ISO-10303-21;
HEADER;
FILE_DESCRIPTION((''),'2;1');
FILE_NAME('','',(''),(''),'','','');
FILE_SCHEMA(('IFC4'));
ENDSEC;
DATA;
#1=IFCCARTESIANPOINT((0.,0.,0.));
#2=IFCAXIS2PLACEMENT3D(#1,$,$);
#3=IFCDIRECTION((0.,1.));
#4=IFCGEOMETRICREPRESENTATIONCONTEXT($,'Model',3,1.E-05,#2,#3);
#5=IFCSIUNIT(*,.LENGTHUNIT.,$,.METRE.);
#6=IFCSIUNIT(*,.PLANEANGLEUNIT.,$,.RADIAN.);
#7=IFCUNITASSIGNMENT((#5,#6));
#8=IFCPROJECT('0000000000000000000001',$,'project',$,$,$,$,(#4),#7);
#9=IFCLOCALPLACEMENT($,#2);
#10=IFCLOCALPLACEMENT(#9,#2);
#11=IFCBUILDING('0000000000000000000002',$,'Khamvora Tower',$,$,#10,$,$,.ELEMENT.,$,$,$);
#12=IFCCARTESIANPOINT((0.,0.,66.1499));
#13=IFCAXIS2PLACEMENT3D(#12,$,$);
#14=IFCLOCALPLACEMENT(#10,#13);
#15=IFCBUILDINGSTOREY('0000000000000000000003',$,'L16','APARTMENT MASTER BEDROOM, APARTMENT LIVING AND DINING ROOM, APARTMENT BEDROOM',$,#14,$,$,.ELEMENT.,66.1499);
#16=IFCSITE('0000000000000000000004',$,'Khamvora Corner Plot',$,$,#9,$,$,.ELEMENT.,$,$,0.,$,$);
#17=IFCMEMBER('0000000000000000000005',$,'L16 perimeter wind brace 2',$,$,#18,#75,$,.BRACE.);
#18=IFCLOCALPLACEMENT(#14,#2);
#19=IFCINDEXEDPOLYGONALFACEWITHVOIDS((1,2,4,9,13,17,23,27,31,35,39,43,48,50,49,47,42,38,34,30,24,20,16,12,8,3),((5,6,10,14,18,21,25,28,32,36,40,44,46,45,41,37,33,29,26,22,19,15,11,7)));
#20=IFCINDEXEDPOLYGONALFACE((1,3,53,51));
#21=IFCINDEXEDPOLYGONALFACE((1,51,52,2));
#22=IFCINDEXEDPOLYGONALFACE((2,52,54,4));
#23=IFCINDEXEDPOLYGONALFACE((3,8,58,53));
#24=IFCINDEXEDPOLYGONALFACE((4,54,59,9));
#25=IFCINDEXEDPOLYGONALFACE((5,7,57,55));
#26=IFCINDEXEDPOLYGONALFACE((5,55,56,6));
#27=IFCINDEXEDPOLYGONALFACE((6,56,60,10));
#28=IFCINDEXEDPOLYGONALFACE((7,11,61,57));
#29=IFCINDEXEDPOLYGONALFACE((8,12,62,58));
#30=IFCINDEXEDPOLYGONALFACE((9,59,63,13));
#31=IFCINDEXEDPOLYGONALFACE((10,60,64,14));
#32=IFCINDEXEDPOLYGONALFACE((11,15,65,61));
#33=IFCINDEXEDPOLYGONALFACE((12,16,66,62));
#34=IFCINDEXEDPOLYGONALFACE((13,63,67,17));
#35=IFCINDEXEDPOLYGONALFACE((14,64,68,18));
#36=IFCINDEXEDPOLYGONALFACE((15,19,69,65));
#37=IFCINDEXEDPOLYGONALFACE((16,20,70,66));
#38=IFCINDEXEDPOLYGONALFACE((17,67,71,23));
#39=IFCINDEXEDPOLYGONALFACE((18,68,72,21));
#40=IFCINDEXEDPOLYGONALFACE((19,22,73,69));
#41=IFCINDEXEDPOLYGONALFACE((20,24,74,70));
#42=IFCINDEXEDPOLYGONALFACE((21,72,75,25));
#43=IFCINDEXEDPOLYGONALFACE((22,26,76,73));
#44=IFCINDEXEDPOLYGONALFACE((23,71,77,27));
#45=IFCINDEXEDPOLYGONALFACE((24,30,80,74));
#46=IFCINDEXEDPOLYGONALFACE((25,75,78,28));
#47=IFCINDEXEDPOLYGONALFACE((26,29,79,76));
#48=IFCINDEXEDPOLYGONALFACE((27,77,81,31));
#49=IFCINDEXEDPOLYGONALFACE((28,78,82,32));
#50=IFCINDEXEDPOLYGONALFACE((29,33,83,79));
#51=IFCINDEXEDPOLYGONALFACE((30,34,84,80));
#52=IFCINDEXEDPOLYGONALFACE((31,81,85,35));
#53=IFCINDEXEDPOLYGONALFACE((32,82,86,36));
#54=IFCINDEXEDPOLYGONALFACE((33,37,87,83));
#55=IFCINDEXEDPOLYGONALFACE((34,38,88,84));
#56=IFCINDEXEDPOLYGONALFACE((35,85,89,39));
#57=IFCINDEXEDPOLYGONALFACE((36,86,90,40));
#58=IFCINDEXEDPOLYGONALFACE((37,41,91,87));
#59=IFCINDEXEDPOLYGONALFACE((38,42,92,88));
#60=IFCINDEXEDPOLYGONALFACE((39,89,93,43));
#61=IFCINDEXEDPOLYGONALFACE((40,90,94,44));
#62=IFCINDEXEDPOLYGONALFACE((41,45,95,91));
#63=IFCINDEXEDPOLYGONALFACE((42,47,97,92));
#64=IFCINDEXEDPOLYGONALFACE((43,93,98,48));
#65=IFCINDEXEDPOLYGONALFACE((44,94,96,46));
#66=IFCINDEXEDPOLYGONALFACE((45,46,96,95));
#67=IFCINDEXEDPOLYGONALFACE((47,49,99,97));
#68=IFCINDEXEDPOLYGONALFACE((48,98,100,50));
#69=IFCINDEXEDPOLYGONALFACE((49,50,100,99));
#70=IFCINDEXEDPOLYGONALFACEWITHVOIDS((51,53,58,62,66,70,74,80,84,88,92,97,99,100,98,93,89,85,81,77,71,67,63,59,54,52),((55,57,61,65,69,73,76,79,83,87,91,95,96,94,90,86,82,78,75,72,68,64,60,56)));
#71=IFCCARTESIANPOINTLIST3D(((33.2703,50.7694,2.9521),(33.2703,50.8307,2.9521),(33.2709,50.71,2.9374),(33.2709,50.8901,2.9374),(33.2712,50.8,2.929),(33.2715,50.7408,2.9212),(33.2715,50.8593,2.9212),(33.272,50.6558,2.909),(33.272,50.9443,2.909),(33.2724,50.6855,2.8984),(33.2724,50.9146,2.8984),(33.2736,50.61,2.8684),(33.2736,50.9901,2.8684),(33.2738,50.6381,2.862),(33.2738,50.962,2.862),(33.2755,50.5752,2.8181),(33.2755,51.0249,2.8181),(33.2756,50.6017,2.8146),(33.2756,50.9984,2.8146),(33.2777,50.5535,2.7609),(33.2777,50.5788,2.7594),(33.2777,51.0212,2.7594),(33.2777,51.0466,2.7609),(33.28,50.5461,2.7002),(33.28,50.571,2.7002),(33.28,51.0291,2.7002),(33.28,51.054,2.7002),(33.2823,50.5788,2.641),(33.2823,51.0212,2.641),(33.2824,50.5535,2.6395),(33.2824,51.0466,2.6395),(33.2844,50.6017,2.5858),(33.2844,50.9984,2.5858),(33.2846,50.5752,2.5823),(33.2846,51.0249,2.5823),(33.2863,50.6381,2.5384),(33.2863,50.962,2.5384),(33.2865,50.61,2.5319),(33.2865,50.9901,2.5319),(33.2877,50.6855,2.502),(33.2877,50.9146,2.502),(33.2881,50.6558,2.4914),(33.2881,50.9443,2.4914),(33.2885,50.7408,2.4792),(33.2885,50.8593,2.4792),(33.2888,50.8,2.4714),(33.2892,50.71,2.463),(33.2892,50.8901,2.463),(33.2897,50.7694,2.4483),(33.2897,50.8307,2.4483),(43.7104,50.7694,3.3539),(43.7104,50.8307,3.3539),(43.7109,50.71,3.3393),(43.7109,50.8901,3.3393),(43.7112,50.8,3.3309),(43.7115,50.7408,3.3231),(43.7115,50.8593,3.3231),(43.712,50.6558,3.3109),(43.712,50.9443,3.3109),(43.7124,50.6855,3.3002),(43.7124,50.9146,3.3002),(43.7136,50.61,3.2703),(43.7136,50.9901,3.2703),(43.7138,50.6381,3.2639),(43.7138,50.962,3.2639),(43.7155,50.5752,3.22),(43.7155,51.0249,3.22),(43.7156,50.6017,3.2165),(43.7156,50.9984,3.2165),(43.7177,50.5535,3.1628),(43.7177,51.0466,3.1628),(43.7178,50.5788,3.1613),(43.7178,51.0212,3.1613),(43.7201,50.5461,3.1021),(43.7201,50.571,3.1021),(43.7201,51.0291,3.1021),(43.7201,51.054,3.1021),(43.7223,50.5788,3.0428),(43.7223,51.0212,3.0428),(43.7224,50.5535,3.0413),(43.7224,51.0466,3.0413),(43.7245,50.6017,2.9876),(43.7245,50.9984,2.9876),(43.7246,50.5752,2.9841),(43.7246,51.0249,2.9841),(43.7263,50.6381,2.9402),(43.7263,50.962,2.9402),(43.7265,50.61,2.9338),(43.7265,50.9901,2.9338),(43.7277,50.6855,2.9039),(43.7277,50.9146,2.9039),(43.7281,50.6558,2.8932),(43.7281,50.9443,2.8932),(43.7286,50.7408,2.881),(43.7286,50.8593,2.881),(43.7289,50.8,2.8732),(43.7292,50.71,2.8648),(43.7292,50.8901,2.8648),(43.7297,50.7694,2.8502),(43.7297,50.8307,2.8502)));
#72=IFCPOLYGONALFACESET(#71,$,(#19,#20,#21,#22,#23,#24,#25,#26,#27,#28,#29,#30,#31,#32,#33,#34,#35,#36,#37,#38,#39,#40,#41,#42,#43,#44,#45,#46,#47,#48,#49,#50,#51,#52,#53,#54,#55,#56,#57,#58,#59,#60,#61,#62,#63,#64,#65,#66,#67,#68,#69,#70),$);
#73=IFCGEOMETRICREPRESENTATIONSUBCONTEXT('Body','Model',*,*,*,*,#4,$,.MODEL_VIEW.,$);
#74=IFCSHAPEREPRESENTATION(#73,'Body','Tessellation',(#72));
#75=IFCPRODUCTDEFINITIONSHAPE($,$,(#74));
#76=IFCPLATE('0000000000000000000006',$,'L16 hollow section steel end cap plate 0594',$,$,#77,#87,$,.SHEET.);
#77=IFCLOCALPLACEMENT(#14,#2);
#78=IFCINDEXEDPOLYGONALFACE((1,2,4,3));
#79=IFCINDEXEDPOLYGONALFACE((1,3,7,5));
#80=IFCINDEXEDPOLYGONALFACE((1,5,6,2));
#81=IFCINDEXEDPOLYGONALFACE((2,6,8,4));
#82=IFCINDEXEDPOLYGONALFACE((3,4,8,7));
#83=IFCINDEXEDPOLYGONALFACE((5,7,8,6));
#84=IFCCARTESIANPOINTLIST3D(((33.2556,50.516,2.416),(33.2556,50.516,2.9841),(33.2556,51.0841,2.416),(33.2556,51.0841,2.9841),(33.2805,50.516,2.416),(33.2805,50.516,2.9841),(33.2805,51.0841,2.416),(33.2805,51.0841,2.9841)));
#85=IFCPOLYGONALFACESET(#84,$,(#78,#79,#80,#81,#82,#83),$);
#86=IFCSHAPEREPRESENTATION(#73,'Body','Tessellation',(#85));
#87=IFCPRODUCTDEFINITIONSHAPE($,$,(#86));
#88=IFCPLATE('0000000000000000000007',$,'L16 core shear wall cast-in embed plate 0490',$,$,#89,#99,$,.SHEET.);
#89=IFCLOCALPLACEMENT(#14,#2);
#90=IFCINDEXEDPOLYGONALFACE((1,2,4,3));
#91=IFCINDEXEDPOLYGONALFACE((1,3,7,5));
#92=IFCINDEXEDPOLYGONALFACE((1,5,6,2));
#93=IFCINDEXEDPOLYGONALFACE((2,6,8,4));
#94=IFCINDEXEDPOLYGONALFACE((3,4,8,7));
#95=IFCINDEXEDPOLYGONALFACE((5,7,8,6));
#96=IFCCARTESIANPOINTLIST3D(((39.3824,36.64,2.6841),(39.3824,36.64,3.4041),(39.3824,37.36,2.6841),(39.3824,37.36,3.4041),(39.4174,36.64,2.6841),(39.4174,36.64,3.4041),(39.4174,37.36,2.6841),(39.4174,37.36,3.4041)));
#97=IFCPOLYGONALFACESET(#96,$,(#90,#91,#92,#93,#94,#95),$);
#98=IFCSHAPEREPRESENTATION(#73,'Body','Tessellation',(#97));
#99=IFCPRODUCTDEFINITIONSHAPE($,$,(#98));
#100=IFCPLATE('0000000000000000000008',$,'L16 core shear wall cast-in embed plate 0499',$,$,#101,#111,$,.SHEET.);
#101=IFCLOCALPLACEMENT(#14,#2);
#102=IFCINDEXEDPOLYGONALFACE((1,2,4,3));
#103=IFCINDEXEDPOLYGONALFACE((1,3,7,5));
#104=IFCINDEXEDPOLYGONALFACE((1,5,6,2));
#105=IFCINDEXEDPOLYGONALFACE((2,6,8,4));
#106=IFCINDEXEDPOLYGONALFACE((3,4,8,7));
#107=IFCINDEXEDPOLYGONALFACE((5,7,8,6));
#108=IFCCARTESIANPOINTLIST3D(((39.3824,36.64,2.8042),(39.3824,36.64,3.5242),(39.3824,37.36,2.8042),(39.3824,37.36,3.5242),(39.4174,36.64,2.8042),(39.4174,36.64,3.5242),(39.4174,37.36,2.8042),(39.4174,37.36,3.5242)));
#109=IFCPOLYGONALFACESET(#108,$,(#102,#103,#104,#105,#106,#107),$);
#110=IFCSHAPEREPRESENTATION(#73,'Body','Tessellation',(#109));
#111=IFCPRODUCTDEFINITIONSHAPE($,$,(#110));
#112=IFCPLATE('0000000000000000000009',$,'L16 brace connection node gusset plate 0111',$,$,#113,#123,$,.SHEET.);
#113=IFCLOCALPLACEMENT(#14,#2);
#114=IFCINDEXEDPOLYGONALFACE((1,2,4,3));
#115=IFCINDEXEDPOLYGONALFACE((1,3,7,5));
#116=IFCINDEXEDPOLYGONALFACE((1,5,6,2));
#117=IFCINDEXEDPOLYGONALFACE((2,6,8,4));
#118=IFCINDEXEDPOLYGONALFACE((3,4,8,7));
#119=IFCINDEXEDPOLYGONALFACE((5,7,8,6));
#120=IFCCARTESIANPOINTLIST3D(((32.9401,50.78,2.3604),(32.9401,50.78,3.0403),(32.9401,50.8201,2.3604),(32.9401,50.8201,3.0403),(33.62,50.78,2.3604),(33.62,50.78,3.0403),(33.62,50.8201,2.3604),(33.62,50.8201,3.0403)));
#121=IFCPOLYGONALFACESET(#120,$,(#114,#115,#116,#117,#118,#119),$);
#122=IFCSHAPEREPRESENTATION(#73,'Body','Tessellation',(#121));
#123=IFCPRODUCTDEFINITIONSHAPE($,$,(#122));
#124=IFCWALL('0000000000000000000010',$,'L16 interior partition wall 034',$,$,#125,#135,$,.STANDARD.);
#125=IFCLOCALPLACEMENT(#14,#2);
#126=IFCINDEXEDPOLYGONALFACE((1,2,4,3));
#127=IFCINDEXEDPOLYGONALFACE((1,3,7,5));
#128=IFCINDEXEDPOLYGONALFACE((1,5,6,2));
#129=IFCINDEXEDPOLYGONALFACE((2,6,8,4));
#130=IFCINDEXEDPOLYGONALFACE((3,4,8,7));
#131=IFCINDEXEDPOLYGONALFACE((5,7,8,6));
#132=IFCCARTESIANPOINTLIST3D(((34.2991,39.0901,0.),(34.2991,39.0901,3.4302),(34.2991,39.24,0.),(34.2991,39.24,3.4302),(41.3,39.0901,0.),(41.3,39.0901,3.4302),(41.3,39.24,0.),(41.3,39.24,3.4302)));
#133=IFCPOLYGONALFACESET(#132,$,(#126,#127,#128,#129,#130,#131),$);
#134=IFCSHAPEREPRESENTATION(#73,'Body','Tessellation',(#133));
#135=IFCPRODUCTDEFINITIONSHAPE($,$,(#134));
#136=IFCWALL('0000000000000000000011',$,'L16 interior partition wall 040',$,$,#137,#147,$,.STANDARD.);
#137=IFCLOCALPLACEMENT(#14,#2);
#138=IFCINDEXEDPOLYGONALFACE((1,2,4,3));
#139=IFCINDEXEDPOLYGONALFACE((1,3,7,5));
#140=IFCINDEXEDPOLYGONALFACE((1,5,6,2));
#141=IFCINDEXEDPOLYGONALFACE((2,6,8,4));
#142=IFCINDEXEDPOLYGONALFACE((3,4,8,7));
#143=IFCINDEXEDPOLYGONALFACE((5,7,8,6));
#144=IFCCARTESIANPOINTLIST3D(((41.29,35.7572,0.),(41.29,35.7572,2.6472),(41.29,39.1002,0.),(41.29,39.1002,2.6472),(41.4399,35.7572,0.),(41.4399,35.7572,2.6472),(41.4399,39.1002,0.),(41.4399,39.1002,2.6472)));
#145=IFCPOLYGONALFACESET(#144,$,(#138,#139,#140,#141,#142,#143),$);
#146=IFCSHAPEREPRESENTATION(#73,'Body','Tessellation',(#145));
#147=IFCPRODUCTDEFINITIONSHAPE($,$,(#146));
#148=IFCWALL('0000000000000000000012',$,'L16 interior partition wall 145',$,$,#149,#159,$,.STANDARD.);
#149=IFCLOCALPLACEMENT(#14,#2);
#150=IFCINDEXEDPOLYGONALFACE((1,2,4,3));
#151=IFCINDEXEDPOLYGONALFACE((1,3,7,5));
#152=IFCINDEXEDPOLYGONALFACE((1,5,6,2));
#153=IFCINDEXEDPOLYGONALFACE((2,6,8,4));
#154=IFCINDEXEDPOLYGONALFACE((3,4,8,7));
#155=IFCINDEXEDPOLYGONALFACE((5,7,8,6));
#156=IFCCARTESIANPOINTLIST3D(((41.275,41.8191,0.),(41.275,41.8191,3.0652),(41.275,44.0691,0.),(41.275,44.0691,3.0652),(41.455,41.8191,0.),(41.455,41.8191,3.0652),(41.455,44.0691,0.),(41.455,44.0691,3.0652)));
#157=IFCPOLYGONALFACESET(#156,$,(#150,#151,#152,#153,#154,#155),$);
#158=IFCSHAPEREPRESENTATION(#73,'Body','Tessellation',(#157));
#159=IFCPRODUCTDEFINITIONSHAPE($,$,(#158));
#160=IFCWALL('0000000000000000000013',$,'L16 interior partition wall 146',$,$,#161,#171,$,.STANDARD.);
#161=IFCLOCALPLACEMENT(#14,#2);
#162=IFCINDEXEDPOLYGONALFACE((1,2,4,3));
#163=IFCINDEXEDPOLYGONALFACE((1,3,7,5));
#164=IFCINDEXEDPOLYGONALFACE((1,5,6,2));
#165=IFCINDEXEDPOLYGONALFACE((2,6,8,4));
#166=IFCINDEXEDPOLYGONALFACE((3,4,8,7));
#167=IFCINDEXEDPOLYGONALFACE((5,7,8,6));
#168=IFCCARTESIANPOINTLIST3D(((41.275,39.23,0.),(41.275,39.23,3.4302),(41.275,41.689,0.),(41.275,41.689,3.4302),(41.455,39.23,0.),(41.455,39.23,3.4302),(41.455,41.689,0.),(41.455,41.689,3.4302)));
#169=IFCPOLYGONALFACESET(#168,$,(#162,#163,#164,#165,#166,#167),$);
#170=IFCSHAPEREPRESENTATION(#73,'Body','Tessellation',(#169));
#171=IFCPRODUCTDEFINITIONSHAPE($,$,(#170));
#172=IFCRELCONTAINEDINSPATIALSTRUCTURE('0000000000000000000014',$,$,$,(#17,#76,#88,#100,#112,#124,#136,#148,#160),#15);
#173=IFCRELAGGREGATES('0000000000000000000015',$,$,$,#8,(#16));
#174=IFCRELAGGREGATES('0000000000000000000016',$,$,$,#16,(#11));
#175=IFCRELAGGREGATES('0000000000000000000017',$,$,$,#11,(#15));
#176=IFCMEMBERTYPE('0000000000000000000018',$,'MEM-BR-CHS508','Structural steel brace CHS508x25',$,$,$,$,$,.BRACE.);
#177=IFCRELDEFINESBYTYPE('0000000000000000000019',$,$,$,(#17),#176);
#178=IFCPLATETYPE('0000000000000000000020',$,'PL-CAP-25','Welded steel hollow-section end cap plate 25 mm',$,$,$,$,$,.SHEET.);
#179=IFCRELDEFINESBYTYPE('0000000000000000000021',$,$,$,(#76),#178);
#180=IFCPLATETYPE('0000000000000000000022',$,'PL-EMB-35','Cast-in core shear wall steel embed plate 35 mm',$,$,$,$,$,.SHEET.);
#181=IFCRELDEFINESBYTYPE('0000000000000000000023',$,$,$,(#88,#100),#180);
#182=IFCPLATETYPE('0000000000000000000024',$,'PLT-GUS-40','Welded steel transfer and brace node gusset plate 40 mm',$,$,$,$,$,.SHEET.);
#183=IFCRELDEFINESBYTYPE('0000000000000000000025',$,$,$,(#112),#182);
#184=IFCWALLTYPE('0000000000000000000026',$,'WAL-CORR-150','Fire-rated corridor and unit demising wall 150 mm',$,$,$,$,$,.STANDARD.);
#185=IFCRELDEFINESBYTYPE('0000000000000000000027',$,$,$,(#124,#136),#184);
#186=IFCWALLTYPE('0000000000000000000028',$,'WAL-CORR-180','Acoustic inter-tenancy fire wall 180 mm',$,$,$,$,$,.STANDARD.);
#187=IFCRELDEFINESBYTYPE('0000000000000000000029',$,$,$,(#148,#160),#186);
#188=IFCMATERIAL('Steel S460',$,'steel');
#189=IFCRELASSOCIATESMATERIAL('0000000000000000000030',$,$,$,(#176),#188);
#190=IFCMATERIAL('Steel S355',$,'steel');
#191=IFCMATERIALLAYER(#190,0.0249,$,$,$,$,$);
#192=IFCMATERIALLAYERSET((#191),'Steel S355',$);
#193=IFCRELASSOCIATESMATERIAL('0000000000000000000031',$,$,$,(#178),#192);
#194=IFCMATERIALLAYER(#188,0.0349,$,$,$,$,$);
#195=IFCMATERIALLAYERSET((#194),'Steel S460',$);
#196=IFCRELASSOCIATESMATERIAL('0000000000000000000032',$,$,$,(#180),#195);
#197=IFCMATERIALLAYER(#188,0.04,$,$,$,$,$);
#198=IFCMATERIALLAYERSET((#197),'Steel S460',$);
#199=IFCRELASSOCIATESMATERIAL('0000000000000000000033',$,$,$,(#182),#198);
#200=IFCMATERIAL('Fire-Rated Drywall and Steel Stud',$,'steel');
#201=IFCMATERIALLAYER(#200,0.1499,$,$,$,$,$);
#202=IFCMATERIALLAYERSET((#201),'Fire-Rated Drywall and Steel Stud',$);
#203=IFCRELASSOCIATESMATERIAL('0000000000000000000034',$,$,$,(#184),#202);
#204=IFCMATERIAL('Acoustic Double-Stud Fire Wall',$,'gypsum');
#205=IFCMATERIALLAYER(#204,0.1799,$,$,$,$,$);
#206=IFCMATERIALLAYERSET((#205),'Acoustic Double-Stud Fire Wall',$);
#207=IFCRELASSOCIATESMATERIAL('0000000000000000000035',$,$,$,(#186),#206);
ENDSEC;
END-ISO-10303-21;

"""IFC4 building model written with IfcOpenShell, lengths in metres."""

from ifc_helpers import new_model, si_unit, direction, frame, frame_2d, origin, origin_2d, place, context, subcontext, project, spatial, rectangle, hollow_circle, extrude, material, layer, layer_set, material_profile, profile_set, type_object, element, save


model = new_model("IFC4")

# Units and contexts
model_context = context("Model", 3, precision=1e-05, world=origin(), true_north=direction((0.0, 1.0)))
body_context = subcontext(model_context, "Body", "Model", "MODEL_VIEW")
ifc_project = project(units=[si_unit("LENGTHUNIT", "METRE"), si_unit("PLANEANGLEUNIT", "RADIAN")], contexts=[model_context])

# Site, building, storey
site_placement = place(None, origin())
site = spatial("IfcSite", under=ifc_project, at=site_placement, Name="Khamvora Corner Plot", CompositionType="ELEMENT", RefElevation=0.0)
building_placement = place(site_placement, origin())
building = spatial("IfcBuilding", under=site, at=building_placement, Name="Khamvora Tower", CompositionType="ELEMENT")
storey_placement = place(building_placement, frame((0.0, 0.0, 66.1499)))
storey = spatial("IfcBuildingStorey", under=building, at=storey_placement, Name="L16", Description="APARTMENT MASTER BEDROOM, APARTMENT LIVING AND DINING ROOM, APARTMENT BEDROOM", CompositionType="ELEMENT", Elevation=66.1499)

# Shared definitions
ifc_material_1 = material(Name="Steel S460", Category="steel")

# Shared definitions
ifc_material_2 = material(Name="Steel S355", Category="steel")

# Member
ifc_material_profile_1 = material_profile(ifc_material_1, hollow_circle(Radius=0.2539, WallThickness=0.0249, at=origin_2d()), Name="CHS508x25")
ifc_profile_set_1 = profile_set([ifc_material_profile_1], Name="Steel S460")
member_type = type_object("IfcMemberType", Name="MEM-BR-CHS508", Description="Structural steel brace CHS508x25", PredefinedType="BRACE", material=ifc_profile_set_1)
member_placement = place(storey_placement, frame((33.28, 50.8, 2.7002), z_axis=(0.99926, 0.0, 0.038464), x_axis=(0.0, 1.0, 0.0)))
element("IfcMember", 1, at=member_placement, inside=storey, type_object=member_type, Name="L16 perimeter wind brace 2", PredefinedType="BRACE", context=body_context, shape_type="SweptSolid", body=[
    extrude(hollow_circle(Radius=0.2539, WallThickness=0.0249, at=origin_2d()), origin(), (0.0, 0.0, 1.0), 10.4478),
])

# Plates
ifc_layer_1 = layer(ifc_material_2, 0.0249)
ifc_layer_set_1 = layer_set([ifc_layer_1], Name="Steel S355")
plate_type_1 = type_object("IfcPlateType", Name="PL-CAP-25", Description="Welded steel hollow-section end cap plate 25 mm", PredefinedType="SHEET", material=ifc_layer_set_1)
plate_1_placement = place(storey_placement, frame((33.2681, 50.8, 2.416), z_axis=(0.0, 0.0, 1.0), x_axis=(1.0, 0.0, 0.0)))
element("IfcPlate", 2, at=plate_1_placement, inside=storey, type_object=plate_type_1, Name="L16 hollow section steel end cap plate 0594", PredefinedType="SHEET", context=body_context, shape_type="SweptSolid", body=[
    extrude(rectangle(XDim=0.0249, YDim=0.5681, at=origin_2d()), origin(), (0.0, 0.0, 1.0), 0.5681),
])
ifc_layer_2 = layer(ifc_material_1, 0.0349)
ifc_layer_set_2 = layer_set([ifc_layer_2], Name="Steel S460")
plate_type_2 = type_object("IfcPlateType", Name="PL-EMB-35", Description="Cast-in core shear wall steel embed plate 35 mm", PredefinedType="SHEET", material=ifc_layer_set_2)
for number, where, z_axis, x_axis, name in (
    (3, (39.3999, 37.0, 2.6841), (0.0, 0.0, 1.0), (1.0, 0.0, 0.0), "L16 core shear wall cast-in embed plate 0490"),
    (4, (39.3999, 37.0, 2.8042), (0.0, 0.0, 1.0), (1.0, 0.0, 0.0), "L16 core shear wall cast-in embed plate 0499"),
):
    element("IfcPlate", number, at=place(storey_placement, frame(where, z_axis=z_axis, x_axis=x_axis)), inside=storey, type_object=plate_type_2, Name=name, PredefinedType="SHEET", context=body_context, shape_type="SweptSolid", body=[
        extrude(rectangle(XDim=0.0349, YDim=0.72, at=origin_2d()), origin(), (0.0, 0.0, 1.0), 0.72),
    ])
ifc_layer_3 = layer(ifc_material_1, 0.04)
ifc_layer_set_3 = layer_set([ifc_layer_3], Name="Steel S460")
plate_type_3 = type_object("IfcPlateType", Name="PLT-GUS-40", Description="Welded steel transfer and brace node gusset plate 40 mm", PredefinedType="SHEET", material=ifc_layer_set_3)
plate_2_placement = place(storey_placement, frame((33.28, 50.8, 2.3604), z_axis=(0.0, 0.0, 1.0), x_axis=(1.0, 0.0, 0.0)))
element("IfcPlate", 5, at=plate_2_placement, inside=storey, type_object=plate_type_3, Name="L16 brace connection node gusset plate 0111", PredefinedType="SHEET", context=body_context, shape_type="SweptSolid", body=[
    extrude(rectangle(XDim=0.6799, YDim=0.04, at=origin_2d()), origin(), (0.0, 0.0, 1.0), 0.6799),
])

# Shared definitions
ifc_material_3 = material(Name="Fire-Rated Drywall and Steel Stud", Category="steel")
ifc_layer_4 = layer(ifc_material_3, 0.1499)
ifc_layer_set_4 = layer_set([ifc_layer_4], Name="Fire-Rated Drywall and Steel Stud")
wall_type_1 = type_object("IfcWallType", Name="WAL-CORR-150", Description="Fire-rated corridor and unit demising wall 150 mm", PredefinedType="STANDARD", material=ifc_layer_set_4)

# Walls
wall_1_placement = place(storey_placement, frame((34.2991, 39.165, 0.0), z_axis=(0.0, 0.0, 1.0), x_axis=(1.0, 0.0, 0.0)))
element("IfcWall", 6, at=wall_1_placement, inside=storey, type_object=wall_type_1, Name="L16 interior partition wall 034", PredefinedType="STANDARD", context=body_context, shape_type="SweptSolid", body=[
    extrude(rectangle(XDim=7.001, YDim=0.1499, at=frame_2d((3.5005, 0.0))), origin(), (0.0, 0.0, 1.0), 3.4302),
])
wall_2_placement = place(storey_placement, frame((41.365, 39.1001, 0.0), z_axis=(0.0, 0.0, 1.0), x_axis=(0.0, -1.0, 0.0)))
element("IfcWall", 7, at=wall_2_placement, inside=storey, type_object=wall_type_1, Name="L16 interior partition wall 040", PredefinedType="STANDARD", context=body_context, shape_type="SweptSolid", body=[
    extrude(rectangle(XDim=3.343, YDim=0.1499, at=frame_2d((1.6714, 0.0))), origin(), (0.0, 0.0, 1.0), 2.6472),
])
ifc_material_4 = material(Name="Acoustic Double-Stud Fire Wall", Category="gypsum")
ifc_layer_5 = layer(ifc_material_4, 0.1799)
ifc_layer_set_5 = layer_set([ifc_layer_5], Name="Acoustic Double-Stud Fire Wall")
wall_type_2 = type_object("IfcWallType", Name="WAL-CORR-180", Description="Acoustic inter-tenancy fire wall 180 mm", PredefinedType="STANDARD", material=ifc_layer_set_5)
wall_3_placement = place(storey_placement, frame((41.365, 44.0691, 0.0), z_axis=(0.0, 0.0, 1.0), x_axis=(0.0, -1.0, 0.0)))
element("IfcWall", 8, at=wall_3_placement, inside=storey, type_object=wall_type_2, Name="L16 interior partition wall 145", PredefinedType="STANDARD", context=body_context, shape_type="SweptSolid", body=[
    extrude(rectangle(XDim=2.25, YDim=0.1799, at=frame_2d((1.125, 0.0))), origin(), (0.0, 0.0, 1.0), 3.0652),
])
wall_4_placement = place(storey_placement, frame((41.365, 41.689, 0.0), z_axis=(0.0, 0.0, 1.0), x_axis=(0.0, -1.0, 0.0)))
element("IfcWall", 9, at=wall_4_placement, inside=storey, type_object=wall_type_2, Name="L16 interior partition wall 146", PredefinedType="STANDARD", context=body_context, shape_type="SweptSolid", body=[
    extrude(rectangle(XDim=2.459, YDim=0.1799, at=frame_2d((1.2295, 0.0))), origin(), (0.0, 0.0, 1.0), 3.4302),
])

save(model, "model.ifc")
